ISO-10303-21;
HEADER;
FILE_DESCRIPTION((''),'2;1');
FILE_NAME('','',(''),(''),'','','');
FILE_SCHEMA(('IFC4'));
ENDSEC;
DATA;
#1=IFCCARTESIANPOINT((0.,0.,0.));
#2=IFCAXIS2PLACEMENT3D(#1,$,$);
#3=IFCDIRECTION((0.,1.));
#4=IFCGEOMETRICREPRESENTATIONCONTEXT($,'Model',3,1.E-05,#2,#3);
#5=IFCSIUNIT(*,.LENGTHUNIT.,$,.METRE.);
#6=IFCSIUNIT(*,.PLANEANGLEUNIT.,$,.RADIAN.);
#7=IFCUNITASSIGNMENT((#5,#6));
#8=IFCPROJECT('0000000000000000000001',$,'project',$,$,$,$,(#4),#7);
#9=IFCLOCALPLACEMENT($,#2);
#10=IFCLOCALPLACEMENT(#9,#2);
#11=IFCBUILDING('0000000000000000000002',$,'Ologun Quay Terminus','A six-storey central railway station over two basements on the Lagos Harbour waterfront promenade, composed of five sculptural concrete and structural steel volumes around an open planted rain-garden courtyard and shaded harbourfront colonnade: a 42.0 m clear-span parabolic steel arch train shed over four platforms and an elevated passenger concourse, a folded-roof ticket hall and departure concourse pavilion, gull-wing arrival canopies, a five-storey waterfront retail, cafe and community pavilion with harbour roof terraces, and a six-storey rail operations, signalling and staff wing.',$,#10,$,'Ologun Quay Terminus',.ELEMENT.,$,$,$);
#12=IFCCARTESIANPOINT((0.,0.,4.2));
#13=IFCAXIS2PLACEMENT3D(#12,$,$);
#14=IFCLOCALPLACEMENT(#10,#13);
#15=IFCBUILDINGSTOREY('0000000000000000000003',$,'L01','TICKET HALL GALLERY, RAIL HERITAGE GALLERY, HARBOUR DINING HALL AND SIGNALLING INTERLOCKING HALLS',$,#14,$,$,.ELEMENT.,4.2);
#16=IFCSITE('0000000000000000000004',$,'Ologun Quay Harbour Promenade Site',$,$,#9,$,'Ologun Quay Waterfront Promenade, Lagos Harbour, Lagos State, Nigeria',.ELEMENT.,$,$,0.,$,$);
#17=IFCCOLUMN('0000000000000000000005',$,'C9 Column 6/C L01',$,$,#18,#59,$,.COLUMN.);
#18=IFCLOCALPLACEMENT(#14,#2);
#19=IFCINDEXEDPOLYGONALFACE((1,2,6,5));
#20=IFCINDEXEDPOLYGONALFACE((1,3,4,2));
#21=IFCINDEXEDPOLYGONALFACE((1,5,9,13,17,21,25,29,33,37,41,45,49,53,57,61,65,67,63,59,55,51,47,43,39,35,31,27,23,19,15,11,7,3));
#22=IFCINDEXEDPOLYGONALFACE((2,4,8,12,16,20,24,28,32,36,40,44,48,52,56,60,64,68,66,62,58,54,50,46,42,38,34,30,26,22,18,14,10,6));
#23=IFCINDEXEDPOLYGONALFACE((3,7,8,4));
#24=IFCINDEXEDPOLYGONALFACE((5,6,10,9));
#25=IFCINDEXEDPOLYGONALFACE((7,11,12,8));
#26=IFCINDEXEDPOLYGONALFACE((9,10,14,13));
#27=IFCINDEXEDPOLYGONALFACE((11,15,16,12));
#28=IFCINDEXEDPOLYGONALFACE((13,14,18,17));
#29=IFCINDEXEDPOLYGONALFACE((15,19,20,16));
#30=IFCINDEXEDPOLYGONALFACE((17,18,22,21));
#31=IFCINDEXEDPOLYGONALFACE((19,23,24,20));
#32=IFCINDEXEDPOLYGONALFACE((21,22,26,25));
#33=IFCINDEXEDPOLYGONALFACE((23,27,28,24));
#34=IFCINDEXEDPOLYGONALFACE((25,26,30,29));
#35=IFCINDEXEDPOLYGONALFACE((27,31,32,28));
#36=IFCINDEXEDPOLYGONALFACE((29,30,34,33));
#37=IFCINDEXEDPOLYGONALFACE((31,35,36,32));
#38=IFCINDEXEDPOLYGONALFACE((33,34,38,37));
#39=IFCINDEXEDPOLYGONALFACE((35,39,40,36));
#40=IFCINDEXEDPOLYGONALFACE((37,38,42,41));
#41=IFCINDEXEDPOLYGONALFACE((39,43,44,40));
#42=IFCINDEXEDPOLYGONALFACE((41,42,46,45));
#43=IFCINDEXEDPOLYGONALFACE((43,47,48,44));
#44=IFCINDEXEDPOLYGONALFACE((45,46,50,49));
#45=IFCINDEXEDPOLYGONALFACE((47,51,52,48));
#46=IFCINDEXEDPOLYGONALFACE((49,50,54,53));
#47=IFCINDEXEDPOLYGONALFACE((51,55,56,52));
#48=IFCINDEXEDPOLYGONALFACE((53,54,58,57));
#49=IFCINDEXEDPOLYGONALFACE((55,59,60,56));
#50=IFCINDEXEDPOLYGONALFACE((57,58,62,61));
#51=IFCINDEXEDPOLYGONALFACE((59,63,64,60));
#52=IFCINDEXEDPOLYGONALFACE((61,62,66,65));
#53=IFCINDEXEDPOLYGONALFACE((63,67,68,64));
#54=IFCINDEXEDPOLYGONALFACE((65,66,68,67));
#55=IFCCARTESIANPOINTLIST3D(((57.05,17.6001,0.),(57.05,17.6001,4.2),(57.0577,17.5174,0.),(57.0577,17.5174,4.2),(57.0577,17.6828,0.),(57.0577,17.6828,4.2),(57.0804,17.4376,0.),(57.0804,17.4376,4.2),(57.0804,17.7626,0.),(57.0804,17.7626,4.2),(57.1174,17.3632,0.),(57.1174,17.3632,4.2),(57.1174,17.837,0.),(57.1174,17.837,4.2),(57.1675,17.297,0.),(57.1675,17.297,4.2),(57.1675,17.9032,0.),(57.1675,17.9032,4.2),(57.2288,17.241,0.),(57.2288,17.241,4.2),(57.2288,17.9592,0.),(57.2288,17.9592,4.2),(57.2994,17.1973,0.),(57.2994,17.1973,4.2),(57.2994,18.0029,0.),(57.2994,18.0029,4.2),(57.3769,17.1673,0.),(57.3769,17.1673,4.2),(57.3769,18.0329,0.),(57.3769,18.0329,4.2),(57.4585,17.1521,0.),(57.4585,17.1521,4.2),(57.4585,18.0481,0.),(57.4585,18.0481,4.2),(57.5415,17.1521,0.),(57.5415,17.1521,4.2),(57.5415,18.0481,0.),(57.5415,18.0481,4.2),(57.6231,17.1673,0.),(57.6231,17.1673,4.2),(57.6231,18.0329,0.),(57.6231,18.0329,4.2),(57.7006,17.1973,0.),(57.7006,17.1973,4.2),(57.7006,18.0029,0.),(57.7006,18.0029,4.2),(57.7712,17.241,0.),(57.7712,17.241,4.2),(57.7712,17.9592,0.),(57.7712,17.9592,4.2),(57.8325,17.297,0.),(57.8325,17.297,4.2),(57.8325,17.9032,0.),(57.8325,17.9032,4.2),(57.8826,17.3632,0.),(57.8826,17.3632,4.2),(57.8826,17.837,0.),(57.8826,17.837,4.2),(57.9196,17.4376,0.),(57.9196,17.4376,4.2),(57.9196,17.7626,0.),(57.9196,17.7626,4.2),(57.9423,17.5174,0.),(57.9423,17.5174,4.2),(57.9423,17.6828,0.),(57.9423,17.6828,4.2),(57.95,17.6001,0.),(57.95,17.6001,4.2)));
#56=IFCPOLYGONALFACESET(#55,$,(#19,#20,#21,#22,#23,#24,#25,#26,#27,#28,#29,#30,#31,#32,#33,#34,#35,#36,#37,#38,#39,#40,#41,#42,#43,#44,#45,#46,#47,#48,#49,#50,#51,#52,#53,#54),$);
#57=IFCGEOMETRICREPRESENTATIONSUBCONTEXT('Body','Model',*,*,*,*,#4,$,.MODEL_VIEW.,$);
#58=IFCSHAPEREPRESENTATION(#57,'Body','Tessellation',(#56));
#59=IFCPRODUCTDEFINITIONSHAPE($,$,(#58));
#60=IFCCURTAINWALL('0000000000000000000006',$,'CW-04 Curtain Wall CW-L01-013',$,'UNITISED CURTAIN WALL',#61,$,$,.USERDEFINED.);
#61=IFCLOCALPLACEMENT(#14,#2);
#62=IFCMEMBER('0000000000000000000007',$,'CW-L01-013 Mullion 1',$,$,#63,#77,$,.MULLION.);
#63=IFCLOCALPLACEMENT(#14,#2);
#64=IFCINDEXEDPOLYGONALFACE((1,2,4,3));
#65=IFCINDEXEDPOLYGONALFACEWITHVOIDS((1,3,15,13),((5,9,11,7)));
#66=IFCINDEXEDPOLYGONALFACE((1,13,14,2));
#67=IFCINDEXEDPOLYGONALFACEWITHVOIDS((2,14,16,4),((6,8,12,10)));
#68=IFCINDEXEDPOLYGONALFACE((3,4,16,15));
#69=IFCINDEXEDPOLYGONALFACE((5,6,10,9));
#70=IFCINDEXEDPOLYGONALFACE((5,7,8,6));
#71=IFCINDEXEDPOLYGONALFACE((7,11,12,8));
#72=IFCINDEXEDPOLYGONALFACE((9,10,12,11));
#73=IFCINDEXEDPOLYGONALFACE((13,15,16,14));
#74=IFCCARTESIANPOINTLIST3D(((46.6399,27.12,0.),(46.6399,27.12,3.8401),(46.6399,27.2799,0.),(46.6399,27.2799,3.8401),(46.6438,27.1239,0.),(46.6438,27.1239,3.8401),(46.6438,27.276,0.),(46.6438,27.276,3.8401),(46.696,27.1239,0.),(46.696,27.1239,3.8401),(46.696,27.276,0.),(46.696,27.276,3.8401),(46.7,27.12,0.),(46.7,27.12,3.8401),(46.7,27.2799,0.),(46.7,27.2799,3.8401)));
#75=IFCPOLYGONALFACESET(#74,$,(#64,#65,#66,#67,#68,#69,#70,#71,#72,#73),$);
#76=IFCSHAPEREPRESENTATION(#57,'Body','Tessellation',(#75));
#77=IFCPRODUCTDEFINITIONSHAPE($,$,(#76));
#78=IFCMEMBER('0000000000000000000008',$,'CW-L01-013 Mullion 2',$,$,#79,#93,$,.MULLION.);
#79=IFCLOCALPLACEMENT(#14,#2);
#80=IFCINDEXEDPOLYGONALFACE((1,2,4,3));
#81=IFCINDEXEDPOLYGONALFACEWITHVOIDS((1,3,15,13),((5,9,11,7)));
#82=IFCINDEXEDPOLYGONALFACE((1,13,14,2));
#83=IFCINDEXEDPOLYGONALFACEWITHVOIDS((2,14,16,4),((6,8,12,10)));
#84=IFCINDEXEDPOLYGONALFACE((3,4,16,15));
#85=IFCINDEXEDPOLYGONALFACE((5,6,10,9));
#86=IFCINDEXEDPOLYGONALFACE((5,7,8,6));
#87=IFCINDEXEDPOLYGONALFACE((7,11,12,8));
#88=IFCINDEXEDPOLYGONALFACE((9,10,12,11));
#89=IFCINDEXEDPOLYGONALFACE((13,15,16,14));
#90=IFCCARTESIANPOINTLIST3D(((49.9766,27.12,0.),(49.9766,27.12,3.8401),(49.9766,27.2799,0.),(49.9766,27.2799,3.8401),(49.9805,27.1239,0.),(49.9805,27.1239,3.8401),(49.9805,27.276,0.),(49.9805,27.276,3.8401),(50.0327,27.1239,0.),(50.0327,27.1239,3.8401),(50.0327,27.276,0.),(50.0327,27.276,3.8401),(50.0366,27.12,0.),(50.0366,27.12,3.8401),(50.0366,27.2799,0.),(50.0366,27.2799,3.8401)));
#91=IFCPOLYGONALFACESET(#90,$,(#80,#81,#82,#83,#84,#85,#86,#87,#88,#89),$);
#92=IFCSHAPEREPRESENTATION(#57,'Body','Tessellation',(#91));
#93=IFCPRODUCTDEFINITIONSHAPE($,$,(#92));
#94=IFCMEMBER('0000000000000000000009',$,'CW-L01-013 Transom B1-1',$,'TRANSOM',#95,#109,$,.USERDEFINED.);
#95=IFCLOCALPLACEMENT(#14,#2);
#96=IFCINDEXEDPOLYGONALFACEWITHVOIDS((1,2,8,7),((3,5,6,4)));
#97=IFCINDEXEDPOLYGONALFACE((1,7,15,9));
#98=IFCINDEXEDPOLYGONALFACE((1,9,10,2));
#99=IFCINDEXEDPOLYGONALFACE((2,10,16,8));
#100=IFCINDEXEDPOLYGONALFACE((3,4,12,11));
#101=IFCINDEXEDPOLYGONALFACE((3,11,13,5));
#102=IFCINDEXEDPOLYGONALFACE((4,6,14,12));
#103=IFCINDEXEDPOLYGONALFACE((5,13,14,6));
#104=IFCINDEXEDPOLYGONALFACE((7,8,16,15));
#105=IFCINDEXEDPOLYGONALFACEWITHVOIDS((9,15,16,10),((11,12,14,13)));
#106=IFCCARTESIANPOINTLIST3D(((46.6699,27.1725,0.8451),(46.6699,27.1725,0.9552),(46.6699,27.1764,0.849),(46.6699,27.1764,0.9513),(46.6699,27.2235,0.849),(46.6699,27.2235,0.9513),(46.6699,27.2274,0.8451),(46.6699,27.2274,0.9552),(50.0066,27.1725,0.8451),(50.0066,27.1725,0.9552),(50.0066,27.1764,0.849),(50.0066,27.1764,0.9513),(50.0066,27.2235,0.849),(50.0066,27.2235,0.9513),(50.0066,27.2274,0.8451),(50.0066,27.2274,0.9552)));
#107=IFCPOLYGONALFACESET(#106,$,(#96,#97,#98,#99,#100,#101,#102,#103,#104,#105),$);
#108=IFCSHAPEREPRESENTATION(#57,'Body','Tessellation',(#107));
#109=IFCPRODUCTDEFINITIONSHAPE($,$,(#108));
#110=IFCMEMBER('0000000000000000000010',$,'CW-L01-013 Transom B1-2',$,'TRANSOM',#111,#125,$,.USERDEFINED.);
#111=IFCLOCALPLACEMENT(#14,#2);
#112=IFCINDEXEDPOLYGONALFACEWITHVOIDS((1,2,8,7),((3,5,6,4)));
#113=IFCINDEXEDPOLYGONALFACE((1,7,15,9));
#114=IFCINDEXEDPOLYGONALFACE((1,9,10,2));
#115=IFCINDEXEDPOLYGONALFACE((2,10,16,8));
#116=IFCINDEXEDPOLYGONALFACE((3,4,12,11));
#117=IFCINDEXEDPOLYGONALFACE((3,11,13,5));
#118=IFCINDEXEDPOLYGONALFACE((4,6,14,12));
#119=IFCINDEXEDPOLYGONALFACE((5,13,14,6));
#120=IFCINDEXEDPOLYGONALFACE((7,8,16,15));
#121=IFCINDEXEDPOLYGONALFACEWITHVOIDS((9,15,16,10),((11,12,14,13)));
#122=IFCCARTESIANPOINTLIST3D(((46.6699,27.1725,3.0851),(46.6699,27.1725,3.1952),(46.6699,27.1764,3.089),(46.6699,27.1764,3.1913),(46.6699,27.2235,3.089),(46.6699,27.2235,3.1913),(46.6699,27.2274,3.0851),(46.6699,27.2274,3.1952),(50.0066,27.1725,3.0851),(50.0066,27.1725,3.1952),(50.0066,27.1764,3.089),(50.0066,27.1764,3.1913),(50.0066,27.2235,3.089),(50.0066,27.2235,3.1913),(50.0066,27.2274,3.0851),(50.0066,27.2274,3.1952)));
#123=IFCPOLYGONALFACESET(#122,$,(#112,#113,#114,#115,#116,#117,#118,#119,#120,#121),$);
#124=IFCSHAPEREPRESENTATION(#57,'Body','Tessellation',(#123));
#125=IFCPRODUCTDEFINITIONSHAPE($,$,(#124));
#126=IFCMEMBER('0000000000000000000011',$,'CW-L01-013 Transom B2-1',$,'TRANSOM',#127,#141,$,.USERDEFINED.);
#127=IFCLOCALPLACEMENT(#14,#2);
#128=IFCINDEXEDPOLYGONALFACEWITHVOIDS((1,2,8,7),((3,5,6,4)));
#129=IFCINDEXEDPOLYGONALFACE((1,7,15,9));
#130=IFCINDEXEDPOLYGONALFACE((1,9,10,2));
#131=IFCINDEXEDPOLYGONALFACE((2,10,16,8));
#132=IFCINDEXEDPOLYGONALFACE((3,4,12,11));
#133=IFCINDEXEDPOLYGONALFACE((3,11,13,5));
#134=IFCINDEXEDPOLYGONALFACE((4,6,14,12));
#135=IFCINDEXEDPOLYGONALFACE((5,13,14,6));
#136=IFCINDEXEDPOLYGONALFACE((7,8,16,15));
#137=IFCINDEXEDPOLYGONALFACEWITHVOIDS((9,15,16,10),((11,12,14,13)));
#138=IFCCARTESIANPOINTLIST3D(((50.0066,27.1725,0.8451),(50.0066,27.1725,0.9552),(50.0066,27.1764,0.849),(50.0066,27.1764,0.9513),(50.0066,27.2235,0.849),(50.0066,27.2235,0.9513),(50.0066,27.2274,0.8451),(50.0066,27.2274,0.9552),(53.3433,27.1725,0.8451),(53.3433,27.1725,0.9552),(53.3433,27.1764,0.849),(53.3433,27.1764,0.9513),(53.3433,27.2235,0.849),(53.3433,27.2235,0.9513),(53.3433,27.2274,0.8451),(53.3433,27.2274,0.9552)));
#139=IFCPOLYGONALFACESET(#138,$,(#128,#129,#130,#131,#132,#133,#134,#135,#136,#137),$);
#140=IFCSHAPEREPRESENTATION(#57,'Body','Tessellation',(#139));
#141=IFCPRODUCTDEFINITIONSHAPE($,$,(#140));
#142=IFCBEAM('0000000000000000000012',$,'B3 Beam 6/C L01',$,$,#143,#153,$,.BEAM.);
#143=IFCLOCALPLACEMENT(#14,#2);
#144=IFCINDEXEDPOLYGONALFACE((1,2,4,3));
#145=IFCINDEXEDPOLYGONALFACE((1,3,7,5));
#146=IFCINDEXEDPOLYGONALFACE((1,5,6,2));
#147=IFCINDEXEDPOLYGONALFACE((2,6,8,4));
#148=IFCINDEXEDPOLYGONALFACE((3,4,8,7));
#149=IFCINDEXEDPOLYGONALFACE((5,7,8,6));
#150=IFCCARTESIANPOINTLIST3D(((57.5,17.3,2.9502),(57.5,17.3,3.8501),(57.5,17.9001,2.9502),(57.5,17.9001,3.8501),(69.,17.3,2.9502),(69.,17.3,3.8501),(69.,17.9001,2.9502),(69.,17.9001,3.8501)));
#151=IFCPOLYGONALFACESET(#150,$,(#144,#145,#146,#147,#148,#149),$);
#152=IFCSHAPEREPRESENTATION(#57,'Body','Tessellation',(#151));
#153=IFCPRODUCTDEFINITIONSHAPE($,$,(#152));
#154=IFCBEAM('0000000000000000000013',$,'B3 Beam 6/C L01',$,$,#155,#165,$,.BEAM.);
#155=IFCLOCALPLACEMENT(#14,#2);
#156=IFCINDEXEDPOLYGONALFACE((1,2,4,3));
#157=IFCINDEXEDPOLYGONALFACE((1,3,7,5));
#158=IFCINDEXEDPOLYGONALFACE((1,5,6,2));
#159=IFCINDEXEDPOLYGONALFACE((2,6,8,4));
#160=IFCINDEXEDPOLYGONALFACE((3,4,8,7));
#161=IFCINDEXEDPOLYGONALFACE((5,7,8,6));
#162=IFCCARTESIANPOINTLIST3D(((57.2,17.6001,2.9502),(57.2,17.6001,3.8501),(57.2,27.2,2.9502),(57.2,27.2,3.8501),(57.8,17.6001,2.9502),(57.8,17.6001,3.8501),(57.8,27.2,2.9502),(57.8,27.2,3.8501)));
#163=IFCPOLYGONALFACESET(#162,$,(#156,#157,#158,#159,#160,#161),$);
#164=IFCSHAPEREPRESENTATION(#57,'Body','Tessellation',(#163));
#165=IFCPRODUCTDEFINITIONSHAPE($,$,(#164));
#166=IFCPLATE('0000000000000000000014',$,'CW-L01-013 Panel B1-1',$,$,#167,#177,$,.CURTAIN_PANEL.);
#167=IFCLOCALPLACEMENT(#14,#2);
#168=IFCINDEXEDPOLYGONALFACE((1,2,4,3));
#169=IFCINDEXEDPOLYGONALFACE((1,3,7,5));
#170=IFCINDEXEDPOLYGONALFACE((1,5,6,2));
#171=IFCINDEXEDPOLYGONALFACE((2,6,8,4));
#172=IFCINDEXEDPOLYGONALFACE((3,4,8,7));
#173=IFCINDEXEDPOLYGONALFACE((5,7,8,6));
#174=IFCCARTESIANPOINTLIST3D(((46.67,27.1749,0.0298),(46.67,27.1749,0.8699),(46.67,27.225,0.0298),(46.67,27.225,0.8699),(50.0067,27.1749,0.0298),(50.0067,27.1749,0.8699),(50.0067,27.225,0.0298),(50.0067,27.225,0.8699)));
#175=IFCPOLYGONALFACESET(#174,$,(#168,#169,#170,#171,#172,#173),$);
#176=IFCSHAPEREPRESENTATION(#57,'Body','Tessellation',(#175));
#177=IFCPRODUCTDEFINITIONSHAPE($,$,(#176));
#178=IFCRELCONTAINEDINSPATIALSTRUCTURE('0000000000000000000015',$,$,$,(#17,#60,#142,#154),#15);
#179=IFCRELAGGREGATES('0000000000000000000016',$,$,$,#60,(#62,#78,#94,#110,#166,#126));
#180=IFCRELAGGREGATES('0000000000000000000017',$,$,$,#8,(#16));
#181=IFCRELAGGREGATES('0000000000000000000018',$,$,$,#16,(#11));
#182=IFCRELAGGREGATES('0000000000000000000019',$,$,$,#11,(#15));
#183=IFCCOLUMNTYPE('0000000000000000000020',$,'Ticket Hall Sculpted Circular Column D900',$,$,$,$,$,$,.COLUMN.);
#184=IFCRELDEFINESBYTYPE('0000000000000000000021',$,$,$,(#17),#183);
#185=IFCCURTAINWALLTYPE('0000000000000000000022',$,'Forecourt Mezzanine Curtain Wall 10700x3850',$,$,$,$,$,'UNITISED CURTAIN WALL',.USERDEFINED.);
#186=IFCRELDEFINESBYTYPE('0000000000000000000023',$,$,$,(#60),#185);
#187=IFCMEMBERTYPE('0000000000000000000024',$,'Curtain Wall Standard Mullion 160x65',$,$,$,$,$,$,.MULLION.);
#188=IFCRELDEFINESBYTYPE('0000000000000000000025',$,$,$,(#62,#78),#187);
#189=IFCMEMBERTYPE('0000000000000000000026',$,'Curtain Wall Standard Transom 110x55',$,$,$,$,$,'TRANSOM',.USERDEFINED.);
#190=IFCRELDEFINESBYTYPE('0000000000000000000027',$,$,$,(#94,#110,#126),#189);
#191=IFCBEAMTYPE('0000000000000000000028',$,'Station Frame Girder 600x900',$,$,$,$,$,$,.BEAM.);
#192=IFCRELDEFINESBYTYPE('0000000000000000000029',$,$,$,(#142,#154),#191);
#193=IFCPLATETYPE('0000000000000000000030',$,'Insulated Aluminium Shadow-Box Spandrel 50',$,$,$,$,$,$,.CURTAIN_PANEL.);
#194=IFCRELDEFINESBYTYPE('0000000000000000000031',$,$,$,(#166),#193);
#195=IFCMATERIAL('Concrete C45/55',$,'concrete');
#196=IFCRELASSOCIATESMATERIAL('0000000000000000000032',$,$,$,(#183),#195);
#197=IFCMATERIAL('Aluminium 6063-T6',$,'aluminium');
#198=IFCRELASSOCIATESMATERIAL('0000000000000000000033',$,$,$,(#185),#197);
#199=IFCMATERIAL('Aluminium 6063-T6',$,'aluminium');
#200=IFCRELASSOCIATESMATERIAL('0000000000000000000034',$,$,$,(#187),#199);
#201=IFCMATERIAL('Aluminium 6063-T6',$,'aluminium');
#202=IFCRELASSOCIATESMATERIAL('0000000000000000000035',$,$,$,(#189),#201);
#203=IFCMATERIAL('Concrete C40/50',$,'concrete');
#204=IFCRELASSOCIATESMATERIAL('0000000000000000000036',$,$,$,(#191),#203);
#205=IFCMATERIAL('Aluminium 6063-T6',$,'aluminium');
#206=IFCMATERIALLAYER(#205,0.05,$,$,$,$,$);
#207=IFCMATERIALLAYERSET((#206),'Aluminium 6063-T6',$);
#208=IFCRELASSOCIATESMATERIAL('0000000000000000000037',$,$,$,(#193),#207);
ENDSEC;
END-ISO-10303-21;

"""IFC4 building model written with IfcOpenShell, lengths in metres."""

from ifc_helpers import new_model, si_unit, direction, frame, origin, origin_2d, place, context, subcontext, project, spatial, rectangle, hollow_rectangle, circle, extrude, material, layer, layer_set, material_profile, profile_set, type_object, element, aggregate, save


model = new_model("IFC4")

# Units and contexts
model_context = context("Model", 3, precision=1e-05, world=origin(), true_north=direction((0.0, 1.0)))
body_context = subcontext(model_context, "Body", "Model", "MODEL_VIEW")
ifc_project = project(units=[si_unit("LENGTHUNIT", "METRE"), si_unit("PLANEANGLEUNIT", "RADIAN")], contexts=[model_context])

# Site, building, storey
site_placement = place(None, origin())
site = spatial("IfcSite", under=ifc_project, at=site_placement, Name="Ologun Quay Harbour Promenade Site", LongName="Ologun Quay Waterfront Promenade, Lagos Harbour, Lagos State, Nigeria", CompositionType="ELEMENT", RefElevation=0.0)
building_placement = place(site_placement, origin())
building = spatial("IfcBuilding", under=site, at=building_placement, Name="Ologun Quay Terminus", Description="A six-storey central railway station over two basements on the Lagos Harbour waterfront promenade, composed of five sculptural concrete and structural steel volumes around an open planted rain-garden courtyard and shaded harbourfront colonnade: a 42.0 m clear-span parabolic steel arch train shed over four platforms and an elevated passenger concourse, a folded-roof ticket hall and departure concourse pavilion, gull-wing arrival canopies, a five-storey waterfront retail, cafe and community pavilion with harbour roof terraces, and a six-storey rail operations, signalling and staff wing.", LongName="Ologun Quay Terminus", CompositionType="ELEMENT")
storey_placement = place(building_placement, frame((0.0, 0.0, 4.2)))
storey = spatial("IfcBuildingStorey", under=building, at=storey_placement, Name="L01", Description="TICKET HALL GALLERY, RAIL HERITAGE GALLERY, HARBOUR DINING HALL AND SIGNALLING INTERLOCKING HALLS", CompositionType="ELEMENT", Elevation=4.2)

# Column
ifc_material_1 = material(Name="Concrete C45/55", Category="concrete")
ifc_material_profile_1 = material_profile(ifc_material_1, circle(Radius=0.45, at=origin_2d()), Name="RC D900")
ifc_profile_set_1 = profile_set([ifc_material_profile_1], Name="Concrete C45/55")
column_type = type_object("IfcColumnType", Name="Ticket Hall Sculpted Circular Column D900", PredefinedType="COLUMN", material=ifc_profile_set_1)
column_placement = place(storey_placement, frame((57.5, 17.6001, 0.0), z_axis=(0.0, 0.0, 1.0), x_axis=(1.0, 0.0, 0.0)))
element("IfcColumn", 1, at=column_placement, inside=storey, type_object=column_type, Name="C9 Column 6/C L01", PredefinedType="COLUMN", context=body_context, shape_type="SweptSolid", body=[
    extrude(circle(Radius=0.45, at=origin_2d()), origin(), (0.0, 0.0, 1.0), 4.2),
])

# Curtain wall, members
ifc_material_2 = material(Name="Aluminium 6063-T6", Category="aluminium")
curtain_wall_type = type_object("IfcCurtainWallType", Name="Forecourt Mezzanine Curtain Wall 10700x3850", ElementType="UNITISED CURTAIN WALL", PredefinedType="USERDEFINED", material=ifc_material_2)
curtain_wall_placement = place(storey_placement, origin())
curtain_wall = element("IfcCurtainWall", 2, at=curtain_wall_placement, inside=storey, type_object=curtain_wall_type, Name="CW-04 Curtain Wall CW-L01-013", ObjectType="UNITISED CURTAIN WALL", PredefinedType="USERDEFINED")
ifc_material_3 = material(Name="Aluminium 6063-T6", Category="aluminium")
ifc_material_profile_2 = material_profile(ifc_material_3, hollow_rectangle(XDim=0.0601, YDim=0.1599, WallThickness=0.0039, at=origin_2d()), Name="ALU 160x60x4")
ifc_profile_set_2 = profile_set([ifc_material_profile_2], Name="Aluminium 6063-T6")
member_type_1 = type_object("IfcMemberType", Name="Curtain Wall Standard Mullion 160x65", PredefinedType="MULLION", material=ifc_profile_set_2)
member_1_placement = place(storey_placement, frame((46.6699, 27.2, 0.0), z_axis=(0.0, 0.0, 1.0), x_axis=(1.0, 0.0, 0.0)))
member_1 = element("IfcMember", 3, at=member_1_placement, type_object=member_type_1, Name="CW-L01-013 Mullion 1", PredefinedType="MULLION", context=body_context, shape_type="SweptSolid", body=[
    extrude(hollow_rectangle(XDim=0.0601, YDim=0.1599, WallThickness=0.0039, at=origin_2d()), origin(), (0.0, 0.0, 1.0), 3.8401),
])
member_2_placement = place(storey_placement, frame((50.0066, 27.2, 0.0), z_axis=(0.0, 0.0, 1.0), x_axis=(1.0, 0.0, 0.0)))
member_2 = element("IfcMember", 4, at=member_2_placement, type_object=member_type_1, Name="CW-L01-013 Mullion 2", PredefinedType="MULLION", context=body_context, shape_type="SweptSolid", body=[
    extrude(hollow_rectangle(XDim=0.0601, YDim=0.1599, WallThickness=0.0039, at=origin_2d()), origin(), (0.0, 0.0, 1.0), 3.8401),
])
ifc_material_4 = material(Name="Aluminium 6063-T6", Category="aluminium")
ifc_material_profile_3 = material_profile(ifc_material_4, hollow_rectangle(XDim=0.0549, YDim=0.1101, WallThickness=0.0039, at=origin_2d()), Name="ALU 110x55x4")
ifc_profile_set_3 = profile_set([ifc_material_profile_3], Name="Aluminium 6063-T6")
member_type_2 = type_object("IfcMemberType", Name="Curtain Wall Standard Transom 110x55", ElementType="TRANSOM", PredefinedType="USERDEFINED", material=ifc_profile_set_3)
member_3_placement = place(storey_placement, frame((46.6699, 27.2, 0.9001), z_axis=(1.0, 0.0, 0.0), x_axis=(0.0, 1.0, 0.0)))
member_3 = element("IfcMember", 5, at=member_3_placement, type_object=member_type_2, Name="CW-L01-013 Transom B1-1", ObjectType="TRANSOM", PredefinedType="USERDEFINED", context=body_context, shape_type="SweptSolid", body=[
    extrude(hollow_rectangle(XDim=0.0549, YDim=0.1101, WallThickness=0.0039, at=origin_2d()), origin(), (0.0, 0.0, 1.0), 3.3367),
])
member_4_placement = place(storey_placement, frame((46.6699, 27.2, 3.1401), z_axis=(1.0, 0.0, 0.0), x_axis=(0.0, 1.0, 0.0)))
member_4 = element("IfcMember", 6, at=member_4_placement, type_object=member_type_2, Name="CW-L01-013 Transom B1-2", ObjectType="TRANSOM", PredefinedType="USERDEFINED", context=body_context, shape_type="SweptSolid", body=[
    extrude(hollow_rectangle(XDim=0.0549, YDim=0.1101, WallThickness=0.0039, at=origin_2d()), origin(), (0.0, 0.0, 1.0), 3.3367),
])
member_5_placement = place(storey_placement, frame((50.0066, 27.2, 0.9001), z_axis=(1.0, 0.0, 0.0), x_axis=(0.0, 1.0, 0.0)))
member_5 = element("IfcMember", 7, at=member_5_placement, type_object=member_type_2, Name="CW-L01-013 Transom B2-1", ObjectType="TRANSOM", PredefinedType="USERDEFINED", context=body_context, shape_type="SweptSolid", body=[
    extrude(hollow_rectangle(XDim=0.0549, YDim=0.1101, WallThickness=0.0039, at=origin_2d()), origin(), (0.0, 0.0, 1.0), 3.3367),
])

# Beams
ifc_material_5 = material(Name="Concrete C40/50", Category="concrete")
ifc_material_profile_4 = material_profile(ifc_material_5, rectangle(XDim=0.6001, YDim=0.8999, at=origin_2d()), Name="RC 600x900")
ifc_profile_set_4 = profile_set([ifc_material_profile_4], Name="Concrete C40/50")
beam_type = type_object("IfcBeamType", Name="Station Frame Girder 600x900", PredefinedType="BEAM", material=ifc_profile_set_4)
beam_1_placement = place(storey_placement, frame((57.5, 17.6001, 3.4001), z_axis=(1.0, 0.0, 0.0), x_axis=(0.0, 1.0, 0.0)))
element("IfcBeam", 8, at=beam_1_placement, inside=storey, type_object=beam_type, Name="B3 Beam 6/C L01", PredefinedType="BEAM", context=body_context, shape_type="SweptSolid", body=[
    extrude(rectangle(XDim=0.6001, YDim=0.8999, at=origin_2d()), origin(), (0.0, 0.0, 1.0), 11.5),
])
beam_2_placement = place(storey_placement, frame((57.5, 17.6001, 3.4001), z_axis=(0.0, 1.0, 0.0), x_axis=(-1.0, 0.0, 0.0)))
element("IfcBeam", 9, at=beam_2_placement, inside=storey, type_object=beam_type, Name="B3 Beam 6/C L01", PredefinedType="BEAM", context=body_context, shape_type="SweptSolid", body=[
    extrude(rectangle(XDim=0.6001, YDim=0.8999, at=origin_2d()), origin(), (0.0, 0.0, 1.0), 9.5999),
])

# Plate
ifc_material_6 = material(Name="Aluminium 6063-T6", Category="aluminium")
ifc_layer_1 = layer(ifc_material_6, 0.05)
ifc_layer_set_1 = layer_set([ifc_layer_1], Name="Aluminium 6063-T6")
plate_type_1 = type_object("IfcPlateType", Name="Insulated Aluminium Shadow-Box Spandrel 50", PredefinedType="CURTAIN_PANEL", material=ifc_layer_set_1)
plate_1_placement = place(storey_placement, frame((48.3384, 27.2, 0.0298), z_axis=(0.0, 0.0, 1.0), x_axis=(1.0, 0.0, 0.0)))
plate_1 = element("IfcPlate", 10, at=plate_1_placement, type_object=plate_type_1, Name="CW-L01-013 Panel B1-1", PredefinedType="CURTAIN_PANEL", context=body_context, shape_type="SweptSolid", body=[
    extrude(rectangle(XDim=3.3367, YDim=0.05, at=origin_2d()), origin(), (0.0, 0.0, 1.0), 0.8401),
])
aggregate(curtain_wall, [member_1, member_2, member_3, member_4, plate_1, member_5])

save(model, "model.ifc")
